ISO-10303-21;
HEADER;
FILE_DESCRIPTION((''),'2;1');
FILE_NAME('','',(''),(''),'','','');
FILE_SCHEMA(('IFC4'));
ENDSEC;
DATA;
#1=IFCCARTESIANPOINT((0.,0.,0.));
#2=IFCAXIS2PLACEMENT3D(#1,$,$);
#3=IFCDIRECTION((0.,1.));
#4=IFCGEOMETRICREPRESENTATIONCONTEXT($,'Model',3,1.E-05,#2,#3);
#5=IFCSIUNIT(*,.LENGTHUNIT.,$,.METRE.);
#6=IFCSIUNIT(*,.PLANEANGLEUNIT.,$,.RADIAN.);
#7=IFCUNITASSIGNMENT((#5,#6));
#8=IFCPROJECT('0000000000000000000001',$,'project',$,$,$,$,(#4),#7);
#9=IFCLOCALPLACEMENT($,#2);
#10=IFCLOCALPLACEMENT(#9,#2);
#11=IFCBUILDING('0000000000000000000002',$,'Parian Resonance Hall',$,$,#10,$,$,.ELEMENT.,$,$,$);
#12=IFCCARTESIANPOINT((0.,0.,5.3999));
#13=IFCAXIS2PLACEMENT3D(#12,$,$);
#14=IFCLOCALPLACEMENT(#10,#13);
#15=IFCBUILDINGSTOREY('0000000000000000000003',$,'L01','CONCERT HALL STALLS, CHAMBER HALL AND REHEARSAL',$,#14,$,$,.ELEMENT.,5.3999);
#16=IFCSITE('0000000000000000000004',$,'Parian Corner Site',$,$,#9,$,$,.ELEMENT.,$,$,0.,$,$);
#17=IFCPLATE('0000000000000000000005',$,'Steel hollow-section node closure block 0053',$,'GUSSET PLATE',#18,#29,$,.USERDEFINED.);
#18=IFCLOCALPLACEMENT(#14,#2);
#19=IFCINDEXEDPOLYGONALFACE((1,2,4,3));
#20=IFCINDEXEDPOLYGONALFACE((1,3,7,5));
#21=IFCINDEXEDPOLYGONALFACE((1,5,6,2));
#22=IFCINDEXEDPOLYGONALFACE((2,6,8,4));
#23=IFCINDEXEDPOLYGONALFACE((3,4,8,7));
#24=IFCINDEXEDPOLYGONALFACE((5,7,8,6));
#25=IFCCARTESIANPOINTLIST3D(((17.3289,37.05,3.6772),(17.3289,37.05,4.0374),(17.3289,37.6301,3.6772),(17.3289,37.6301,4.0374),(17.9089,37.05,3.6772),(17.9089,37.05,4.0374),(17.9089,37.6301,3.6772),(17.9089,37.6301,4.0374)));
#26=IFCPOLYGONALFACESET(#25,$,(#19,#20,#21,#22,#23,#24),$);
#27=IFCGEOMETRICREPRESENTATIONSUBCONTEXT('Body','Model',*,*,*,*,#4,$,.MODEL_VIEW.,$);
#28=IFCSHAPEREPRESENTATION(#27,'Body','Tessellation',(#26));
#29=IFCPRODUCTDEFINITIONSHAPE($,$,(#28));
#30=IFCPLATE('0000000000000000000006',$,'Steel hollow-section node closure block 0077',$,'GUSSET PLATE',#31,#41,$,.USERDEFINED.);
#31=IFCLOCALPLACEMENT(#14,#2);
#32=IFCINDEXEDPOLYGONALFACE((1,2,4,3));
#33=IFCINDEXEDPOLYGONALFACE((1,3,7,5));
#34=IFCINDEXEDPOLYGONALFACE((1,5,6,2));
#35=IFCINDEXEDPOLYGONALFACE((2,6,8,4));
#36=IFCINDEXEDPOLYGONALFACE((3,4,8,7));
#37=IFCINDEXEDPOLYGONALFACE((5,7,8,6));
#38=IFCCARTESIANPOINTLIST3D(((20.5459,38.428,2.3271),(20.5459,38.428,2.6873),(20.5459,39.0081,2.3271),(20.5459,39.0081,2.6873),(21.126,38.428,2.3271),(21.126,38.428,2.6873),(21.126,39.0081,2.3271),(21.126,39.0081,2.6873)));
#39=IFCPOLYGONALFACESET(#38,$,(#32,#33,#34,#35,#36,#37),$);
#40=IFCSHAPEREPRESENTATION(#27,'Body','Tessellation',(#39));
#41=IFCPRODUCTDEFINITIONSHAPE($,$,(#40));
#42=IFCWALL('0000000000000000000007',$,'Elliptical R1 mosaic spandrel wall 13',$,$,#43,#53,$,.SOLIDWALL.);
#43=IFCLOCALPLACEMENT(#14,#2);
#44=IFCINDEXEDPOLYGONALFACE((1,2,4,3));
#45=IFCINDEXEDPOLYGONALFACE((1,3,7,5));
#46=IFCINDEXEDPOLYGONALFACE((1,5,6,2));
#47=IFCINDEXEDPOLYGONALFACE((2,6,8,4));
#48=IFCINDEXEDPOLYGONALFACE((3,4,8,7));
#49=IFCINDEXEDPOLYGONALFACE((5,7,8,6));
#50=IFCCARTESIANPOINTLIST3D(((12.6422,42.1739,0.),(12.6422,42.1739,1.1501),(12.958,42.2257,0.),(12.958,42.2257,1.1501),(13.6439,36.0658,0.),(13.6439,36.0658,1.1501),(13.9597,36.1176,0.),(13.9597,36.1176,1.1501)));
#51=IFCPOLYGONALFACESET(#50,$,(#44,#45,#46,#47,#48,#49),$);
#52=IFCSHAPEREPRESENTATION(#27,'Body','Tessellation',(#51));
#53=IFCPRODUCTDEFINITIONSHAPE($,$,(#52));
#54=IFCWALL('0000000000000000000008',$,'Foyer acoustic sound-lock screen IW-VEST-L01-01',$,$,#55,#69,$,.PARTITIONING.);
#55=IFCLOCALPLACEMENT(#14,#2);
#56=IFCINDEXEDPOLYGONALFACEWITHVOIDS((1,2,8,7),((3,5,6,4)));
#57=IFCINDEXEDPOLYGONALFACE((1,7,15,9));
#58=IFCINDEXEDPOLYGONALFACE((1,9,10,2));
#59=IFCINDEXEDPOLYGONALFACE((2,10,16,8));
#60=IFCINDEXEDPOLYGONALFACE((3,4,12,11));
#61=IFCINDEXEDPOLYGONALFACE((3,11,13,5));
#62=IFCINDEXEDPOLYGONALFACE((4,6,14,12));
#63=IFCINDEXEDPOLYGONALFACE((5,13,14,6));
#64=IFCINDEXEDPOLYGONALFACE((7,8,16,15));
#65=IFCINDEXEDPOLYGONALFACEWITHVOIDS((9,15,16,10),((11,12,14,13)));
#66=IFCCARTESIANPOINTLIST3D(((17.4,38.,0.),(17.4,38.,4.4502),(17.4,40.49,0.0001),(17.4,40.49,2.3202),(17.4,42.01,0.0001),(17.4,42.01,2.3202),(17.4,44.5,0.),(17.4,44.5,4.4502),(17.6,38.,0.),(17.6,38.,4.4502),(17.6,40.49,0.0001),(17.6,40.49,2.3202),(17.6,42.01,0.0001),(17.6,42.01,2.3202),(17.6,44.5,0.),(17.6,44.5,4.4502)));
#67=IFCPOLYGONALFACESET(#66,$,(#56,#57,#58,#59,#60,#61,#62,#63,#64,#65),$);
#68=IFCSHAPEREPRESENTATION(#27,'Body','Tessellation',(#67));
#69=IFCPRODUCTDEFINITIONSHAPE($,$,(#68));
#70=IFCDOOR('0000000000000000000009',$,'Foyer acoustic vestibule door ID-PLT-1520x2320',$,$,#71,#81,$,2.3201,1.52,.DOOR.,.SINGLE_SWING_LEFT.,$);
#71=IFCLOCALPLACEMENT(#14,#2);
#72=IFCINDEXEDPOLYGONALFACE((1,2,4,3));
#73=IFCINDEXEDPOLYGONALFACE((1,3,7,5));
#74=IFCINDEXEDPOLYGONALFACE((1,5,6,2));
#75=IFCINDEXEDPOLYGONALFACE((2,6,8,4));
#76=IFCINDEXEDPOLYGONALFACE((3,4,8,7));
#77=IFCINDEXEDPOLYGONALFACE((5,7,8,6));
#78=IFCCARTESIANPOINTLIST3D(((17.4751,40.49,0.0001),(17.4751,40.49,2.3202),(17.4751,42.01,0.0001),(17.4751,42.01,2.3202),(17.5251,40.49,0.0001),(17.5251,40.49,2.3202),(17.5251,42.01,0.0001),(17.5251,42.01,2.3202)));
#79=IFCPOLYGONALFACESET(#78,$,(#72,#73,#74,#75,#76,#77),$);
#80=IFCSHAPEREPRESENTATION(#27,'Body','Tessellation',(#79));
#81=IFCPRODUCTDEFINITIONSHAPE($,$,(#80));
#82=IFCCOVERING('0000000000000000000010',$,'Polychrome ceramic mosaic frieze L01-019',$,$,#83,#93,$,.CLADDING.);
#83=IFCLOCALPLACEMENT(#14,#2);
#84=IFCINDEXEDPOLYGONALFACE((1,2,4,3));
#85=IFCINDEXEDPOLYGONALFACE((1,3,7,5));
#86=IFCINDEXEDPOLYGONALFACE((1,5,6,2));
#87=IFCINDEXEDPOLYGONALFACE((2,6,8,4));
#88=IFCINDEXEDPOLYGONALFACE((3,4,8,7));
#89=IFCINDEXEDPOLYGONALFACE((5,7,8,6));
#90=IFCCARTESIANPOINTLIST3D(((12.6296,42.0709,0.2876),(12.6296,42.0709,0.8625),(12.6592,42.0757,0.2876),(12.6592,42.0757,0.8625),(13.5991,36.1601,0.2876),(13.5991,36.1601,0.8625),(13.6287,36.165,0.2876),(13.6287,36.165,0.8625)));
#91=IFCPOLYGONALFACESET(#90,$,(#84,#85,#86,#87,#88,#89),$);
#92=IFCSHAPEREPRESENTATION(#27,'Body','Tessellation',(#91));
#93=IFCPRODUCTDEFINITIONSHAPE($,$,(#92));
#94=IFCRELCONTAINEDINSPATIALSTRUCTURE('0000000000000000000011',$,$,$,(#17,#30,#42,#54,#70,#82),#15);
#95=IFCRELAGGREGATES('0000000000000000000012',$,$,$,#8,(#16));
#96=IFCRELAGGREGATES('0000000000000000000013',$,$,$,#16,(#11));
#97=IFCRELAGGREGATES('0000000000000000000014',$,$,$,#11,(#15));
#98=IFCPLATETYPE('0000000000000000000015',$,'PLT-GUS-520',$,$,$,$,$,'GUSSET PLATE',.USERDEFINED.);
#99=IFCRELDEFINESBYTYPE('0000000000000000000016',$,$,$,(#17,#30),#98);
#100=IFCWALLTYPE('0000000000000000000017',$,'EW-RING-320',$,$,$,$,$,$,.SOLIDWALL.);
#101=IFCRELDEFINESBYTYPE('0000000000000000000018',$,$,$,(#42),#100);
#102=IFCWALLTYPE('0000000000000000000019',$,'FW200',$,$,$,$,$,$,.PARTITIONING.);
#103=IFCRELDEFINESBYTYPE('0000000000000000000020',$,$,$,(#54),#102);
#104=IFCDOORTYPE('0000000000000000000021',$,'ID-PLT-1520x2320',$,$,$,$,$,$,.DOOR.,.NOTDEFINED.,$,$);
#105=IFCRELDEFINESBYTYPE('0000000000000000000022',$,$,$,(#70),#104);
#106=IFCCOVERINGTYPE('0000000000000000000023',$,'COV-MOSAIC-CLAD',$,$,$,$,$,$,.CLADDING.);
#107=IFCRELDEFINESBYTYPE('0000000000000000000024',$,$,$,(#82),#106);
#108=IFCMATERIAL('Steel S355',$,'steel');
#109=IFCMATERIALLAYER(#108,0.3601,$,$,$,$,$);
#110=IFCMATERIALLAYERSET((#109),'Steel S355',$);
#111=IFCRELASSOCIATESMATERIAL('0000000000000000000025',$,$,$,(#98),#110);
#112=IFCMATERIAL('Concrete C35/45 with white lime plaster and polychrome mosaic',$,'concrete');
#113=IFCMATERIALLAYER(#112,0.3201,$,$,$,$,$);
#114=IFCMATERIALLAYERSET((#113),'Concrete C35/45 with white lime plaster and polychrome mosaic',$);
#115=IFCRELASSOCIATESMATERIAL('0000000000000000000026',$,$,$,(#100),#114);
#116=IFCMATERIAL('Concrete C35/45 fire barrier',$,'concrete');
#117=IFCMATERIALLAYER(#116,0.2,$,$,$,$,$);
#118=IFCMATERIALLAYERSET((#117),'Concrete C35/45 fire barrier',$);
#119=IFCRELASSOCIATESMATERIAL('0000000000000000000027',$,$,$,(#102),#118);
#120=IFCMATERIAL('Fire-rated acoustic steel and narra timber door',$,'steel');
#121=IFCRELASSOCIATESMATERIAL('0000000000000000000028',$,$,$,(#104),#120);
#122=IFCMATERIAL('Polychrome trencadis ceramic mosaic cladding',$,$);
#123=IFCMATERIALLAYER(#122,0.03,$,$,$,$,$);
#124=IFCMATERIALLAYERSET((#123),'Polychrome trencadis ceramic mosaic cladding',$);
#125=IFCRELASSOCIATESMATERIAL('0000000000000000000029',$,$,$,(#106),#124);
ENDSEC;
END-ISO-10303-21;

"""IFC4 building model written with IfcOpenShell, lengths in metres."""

from ifc_helpers import new_model, si_unit, direction, frame, frame_2d, origin, origin_2d, place, context, subcontext, project, spatial, rectangle, extrude, material, layer, layer_set, type_object, element, fill, save


model = new_model("IFC4")

# Units and contexts
model_context = context("Model", 3, precision=1e-05, world=origin(), true_north=direction((0.0, 1.0)))
body_context = subcontext(model_context, "Body", "Model", "MODEL_VIEW")
ifc_project = project(units=[si_unit("LENGTHUNIT", "METRE"), si_unit("PLANEANGLEUNIT", "RADIAN")], contexts=[model_context])

# Site, building, storey
site_placement = place(None, origin())
site = spatial("IfcSite", under=ifc_project, at=site_placement, Name="Parian Corner Site", CompositionType="ELEMENT", RefElevation=0.0)
building_placement = place(site_placement, origin())
building = spatial("IfcBuilding", under=site, at=building_placement, Name="Parian Resonance Hall", CompositionType="ELEMENT")
storey_placement = place(building_placement, frame((0.0, 0.0, 5.3999)))
storey = spatial("IfcBuildingStorey", under=building, at=storey_placement, Name="L01", Description="CONCERT HALL STALLS, CHAMBER HALL AND REHEARSAL", CompositionType="ELEMENT", Elevation=5.3999)

# Plates
ifc_material_1 = material(Name="Steel S355", Category="steel")
ifc_layer_1 = layer(ifc_material_1, 0.3601)
ifc_layer_set_1 = layer_set([ifc_layer_1], Name="Steel S355")
plate_type_1 = type_object("IfcPlateType", Name="PLT-GUS-520", ElementType="GUSSET PLATE", PredefinedType="USERDEFINED", material=ifc_layer_set_1)
for number, where, z_axis, x_axis, name in (
    (1, (17.6189, 37.3401, 3.6772), (0.0, 0.0, 1.0), (1.0, 0.0, 0.0), "Steel hollow-section node closure block 0053"),
    (2, (20.8359, 38.718, 2.3271), (0.0, 0.0, 1.0), (1.0, 0.0, 0.0), "Steel hollow-section node closure block 0077"),
):
    element("IfcPlate", number, at=place(storey_placement, frame(where, z_axis=z_axis, x_axis=x_axis)), inside=storey, type_object=plate_type_1, Name=name, ObjectType="GUSSET PLATE", PredefinedType="USERDEFINED", context=body_context, shape_type="SweptSolid", body=[
        extrude(rectangle(XDim=0.5801, YDim=0.5801, at=origin_2d()), origin(), (0.0, 0.0, 1.0), 0.3601),
    ])

# Wall
ifc_material_2 = material(Name="Concrete C35/45 with white lime plaster and polychrome mosaic", Category="concrete")
ifc_layer_2 = layer(ifc_material_2, 0.3201)
ifc_layer_set_2 = layer_set([ifc_layer_2], Name="Concrete C35/45 with white lime plaster and polychrome mosaic")
wall_type_1 = type_object("IfcWallType", Name="EW-RING-320", PredefinedType="SOLIDWALL", material=ifc_layer_set_2)
wall_1_placement = place(storey_placement, frame((13.8018, 36.0918, 0.0), z_axis=(0.0, 0.0, 1.0), x_axis=(-0.161834, 0.986818, 0.0)))
element("IfcWall", 3, at=wall_1_placement, inside=storey, type_object=wall_type_1, Name="Elliptical R1 mosaic spandrel wall 13", PredefinedType="SOLIDWALL", context=body_context, shape_type="SweptSolid", body=[
    extrude(rectangle(XDim=6.1897, YDim=0.3201, at=frame_2d((3.0947, 0.0))), origin(), (0.0, 0.0, 1.0), 1.1501),
])

# Wall, opening, door
ifc_material_3 = material(Name="Concrete C35/45 fire barrier", Category="concrete")
ifc_layer_3 = layer(ifc_material_3, 0.2)
ifc_layer_set_3 = layer_set([ifc_layer_3], Name="Concrete C35/45 fire barrier")
wall_type_2 = type_object("IfcWallType", Name="FW200", PredefinedType="PARTITIONING", material=ifc_layer_set_3)
wall_2_placement = place(storey_placement, frame((17.5, 38.0, 0.0), z_axis=(0.0, 0.0, 1.0), x_axis=(0.0, 1.0, 0.0)))
wall_2 = element("IfcWall", 4, at=wall_2_placement, inside=storey, type_object=wall_type_2, Name="Foyer acoustic sound-lock screen IW-VEST-L01-01", PredefinedType="PARTITIONING", context=body_context, shape_type="SweptSolid", body=[
    extrude(rectangle(XDim=6.5, YDim=0.2, at=frame_2d((3.25, 0.0))), origin(), (0.0, 0.0, 1.0), 4.4502),
])
opening_placement = place(wall_2_placement, frame((2.49, 0.0, 0.0)))
opening = element("IfcOpeningElement", 5, at=opening_placement, cuts=wall_2, PredefinedType="OPENING", context=body_context, shape_type="SweptSolid", body=[
    extrude(rectangle(XDim=1.52, YDim=2.3201, at=frame_2d((0.76, 1.1602))), frame((0.0, 0.1099, 0.0), z_axis=(0.0, -1.0, 0.0), x_axis=(1.0, 0.0, 0.0)), (0.0, 0.0, 1.0), 0.22),
])
ifc_material_4 = material(Name="Fire-rated acoustic steel and narra timber door", Category="steel")
door_type = type_object("IfcDoorType", Name="ID-PLT-1520x2320", OperationType="NOTDEFINED", PredefinedType="DOOR", material=ifc_material_4)
door_placement = place(opening_placement, origin())
door = element("IfcDoor", 6, at=door_placement, inside=storey, type_object=door_type, Name="Foyer acoustic vestibule door ID-PLT-1520x2320", OperationType="SINGLE_SWING_LEFT", OverallHeight=2.3201, OverallWidth=1.52, PredefinedType="DOOR", context=body_context, shape_type="SweptSolid", body=[
    extrude(rectangle(XDim=1.52, YDim=2.3201, at=frame_2d((0.76, 1.1602))), frame((0.0, 0.0249, 0.0), z_axis=(0.0, -1.0, 0.0), x_axis=(1.0, 0.0, 0.0)), (0.0, 0.0, 1.0), 0.05),
])
fill(opening, door)

# Covering
ifc_material_5 = material(Name="Polychrome trencadis ceramic mosaic cladding")
ifc_layer_4 = layer(ifc_material_5, 0.03)
ifc_layer_set_4 = layer_set([ifc_layer_4], Name="Polychrome trencadis ceramic mosaic cladding")
covering_type = type_object("IfcCoveringType", Name="COV-MOSAIC-CLAD", PredefinedType="CLADDING", material=ifc_layer_set_4)
covering_placement = place(storey_placement, frame((13.1292, 39.1179, 0.2876), z_axis=(0.0, 0.0, 1.0), x_axis=(-0.16185, 0.986815, 0.0)))
element("IfcCovering", 7, at=covering_placement, inside=storey, type_object=covering_type, Name="Polychrome ceramic mosaic frieze L01-019", PredefinedType="CLADDING", context=body_context, shape_type="SweptSolid", body=[
    extrude(rectangle(XDim=5.9897, YDim=0.03, at=origin_2d()), origin(), (0.0, 0.0, 1.0), 0.575),
])

save(model, "model.ifc")
